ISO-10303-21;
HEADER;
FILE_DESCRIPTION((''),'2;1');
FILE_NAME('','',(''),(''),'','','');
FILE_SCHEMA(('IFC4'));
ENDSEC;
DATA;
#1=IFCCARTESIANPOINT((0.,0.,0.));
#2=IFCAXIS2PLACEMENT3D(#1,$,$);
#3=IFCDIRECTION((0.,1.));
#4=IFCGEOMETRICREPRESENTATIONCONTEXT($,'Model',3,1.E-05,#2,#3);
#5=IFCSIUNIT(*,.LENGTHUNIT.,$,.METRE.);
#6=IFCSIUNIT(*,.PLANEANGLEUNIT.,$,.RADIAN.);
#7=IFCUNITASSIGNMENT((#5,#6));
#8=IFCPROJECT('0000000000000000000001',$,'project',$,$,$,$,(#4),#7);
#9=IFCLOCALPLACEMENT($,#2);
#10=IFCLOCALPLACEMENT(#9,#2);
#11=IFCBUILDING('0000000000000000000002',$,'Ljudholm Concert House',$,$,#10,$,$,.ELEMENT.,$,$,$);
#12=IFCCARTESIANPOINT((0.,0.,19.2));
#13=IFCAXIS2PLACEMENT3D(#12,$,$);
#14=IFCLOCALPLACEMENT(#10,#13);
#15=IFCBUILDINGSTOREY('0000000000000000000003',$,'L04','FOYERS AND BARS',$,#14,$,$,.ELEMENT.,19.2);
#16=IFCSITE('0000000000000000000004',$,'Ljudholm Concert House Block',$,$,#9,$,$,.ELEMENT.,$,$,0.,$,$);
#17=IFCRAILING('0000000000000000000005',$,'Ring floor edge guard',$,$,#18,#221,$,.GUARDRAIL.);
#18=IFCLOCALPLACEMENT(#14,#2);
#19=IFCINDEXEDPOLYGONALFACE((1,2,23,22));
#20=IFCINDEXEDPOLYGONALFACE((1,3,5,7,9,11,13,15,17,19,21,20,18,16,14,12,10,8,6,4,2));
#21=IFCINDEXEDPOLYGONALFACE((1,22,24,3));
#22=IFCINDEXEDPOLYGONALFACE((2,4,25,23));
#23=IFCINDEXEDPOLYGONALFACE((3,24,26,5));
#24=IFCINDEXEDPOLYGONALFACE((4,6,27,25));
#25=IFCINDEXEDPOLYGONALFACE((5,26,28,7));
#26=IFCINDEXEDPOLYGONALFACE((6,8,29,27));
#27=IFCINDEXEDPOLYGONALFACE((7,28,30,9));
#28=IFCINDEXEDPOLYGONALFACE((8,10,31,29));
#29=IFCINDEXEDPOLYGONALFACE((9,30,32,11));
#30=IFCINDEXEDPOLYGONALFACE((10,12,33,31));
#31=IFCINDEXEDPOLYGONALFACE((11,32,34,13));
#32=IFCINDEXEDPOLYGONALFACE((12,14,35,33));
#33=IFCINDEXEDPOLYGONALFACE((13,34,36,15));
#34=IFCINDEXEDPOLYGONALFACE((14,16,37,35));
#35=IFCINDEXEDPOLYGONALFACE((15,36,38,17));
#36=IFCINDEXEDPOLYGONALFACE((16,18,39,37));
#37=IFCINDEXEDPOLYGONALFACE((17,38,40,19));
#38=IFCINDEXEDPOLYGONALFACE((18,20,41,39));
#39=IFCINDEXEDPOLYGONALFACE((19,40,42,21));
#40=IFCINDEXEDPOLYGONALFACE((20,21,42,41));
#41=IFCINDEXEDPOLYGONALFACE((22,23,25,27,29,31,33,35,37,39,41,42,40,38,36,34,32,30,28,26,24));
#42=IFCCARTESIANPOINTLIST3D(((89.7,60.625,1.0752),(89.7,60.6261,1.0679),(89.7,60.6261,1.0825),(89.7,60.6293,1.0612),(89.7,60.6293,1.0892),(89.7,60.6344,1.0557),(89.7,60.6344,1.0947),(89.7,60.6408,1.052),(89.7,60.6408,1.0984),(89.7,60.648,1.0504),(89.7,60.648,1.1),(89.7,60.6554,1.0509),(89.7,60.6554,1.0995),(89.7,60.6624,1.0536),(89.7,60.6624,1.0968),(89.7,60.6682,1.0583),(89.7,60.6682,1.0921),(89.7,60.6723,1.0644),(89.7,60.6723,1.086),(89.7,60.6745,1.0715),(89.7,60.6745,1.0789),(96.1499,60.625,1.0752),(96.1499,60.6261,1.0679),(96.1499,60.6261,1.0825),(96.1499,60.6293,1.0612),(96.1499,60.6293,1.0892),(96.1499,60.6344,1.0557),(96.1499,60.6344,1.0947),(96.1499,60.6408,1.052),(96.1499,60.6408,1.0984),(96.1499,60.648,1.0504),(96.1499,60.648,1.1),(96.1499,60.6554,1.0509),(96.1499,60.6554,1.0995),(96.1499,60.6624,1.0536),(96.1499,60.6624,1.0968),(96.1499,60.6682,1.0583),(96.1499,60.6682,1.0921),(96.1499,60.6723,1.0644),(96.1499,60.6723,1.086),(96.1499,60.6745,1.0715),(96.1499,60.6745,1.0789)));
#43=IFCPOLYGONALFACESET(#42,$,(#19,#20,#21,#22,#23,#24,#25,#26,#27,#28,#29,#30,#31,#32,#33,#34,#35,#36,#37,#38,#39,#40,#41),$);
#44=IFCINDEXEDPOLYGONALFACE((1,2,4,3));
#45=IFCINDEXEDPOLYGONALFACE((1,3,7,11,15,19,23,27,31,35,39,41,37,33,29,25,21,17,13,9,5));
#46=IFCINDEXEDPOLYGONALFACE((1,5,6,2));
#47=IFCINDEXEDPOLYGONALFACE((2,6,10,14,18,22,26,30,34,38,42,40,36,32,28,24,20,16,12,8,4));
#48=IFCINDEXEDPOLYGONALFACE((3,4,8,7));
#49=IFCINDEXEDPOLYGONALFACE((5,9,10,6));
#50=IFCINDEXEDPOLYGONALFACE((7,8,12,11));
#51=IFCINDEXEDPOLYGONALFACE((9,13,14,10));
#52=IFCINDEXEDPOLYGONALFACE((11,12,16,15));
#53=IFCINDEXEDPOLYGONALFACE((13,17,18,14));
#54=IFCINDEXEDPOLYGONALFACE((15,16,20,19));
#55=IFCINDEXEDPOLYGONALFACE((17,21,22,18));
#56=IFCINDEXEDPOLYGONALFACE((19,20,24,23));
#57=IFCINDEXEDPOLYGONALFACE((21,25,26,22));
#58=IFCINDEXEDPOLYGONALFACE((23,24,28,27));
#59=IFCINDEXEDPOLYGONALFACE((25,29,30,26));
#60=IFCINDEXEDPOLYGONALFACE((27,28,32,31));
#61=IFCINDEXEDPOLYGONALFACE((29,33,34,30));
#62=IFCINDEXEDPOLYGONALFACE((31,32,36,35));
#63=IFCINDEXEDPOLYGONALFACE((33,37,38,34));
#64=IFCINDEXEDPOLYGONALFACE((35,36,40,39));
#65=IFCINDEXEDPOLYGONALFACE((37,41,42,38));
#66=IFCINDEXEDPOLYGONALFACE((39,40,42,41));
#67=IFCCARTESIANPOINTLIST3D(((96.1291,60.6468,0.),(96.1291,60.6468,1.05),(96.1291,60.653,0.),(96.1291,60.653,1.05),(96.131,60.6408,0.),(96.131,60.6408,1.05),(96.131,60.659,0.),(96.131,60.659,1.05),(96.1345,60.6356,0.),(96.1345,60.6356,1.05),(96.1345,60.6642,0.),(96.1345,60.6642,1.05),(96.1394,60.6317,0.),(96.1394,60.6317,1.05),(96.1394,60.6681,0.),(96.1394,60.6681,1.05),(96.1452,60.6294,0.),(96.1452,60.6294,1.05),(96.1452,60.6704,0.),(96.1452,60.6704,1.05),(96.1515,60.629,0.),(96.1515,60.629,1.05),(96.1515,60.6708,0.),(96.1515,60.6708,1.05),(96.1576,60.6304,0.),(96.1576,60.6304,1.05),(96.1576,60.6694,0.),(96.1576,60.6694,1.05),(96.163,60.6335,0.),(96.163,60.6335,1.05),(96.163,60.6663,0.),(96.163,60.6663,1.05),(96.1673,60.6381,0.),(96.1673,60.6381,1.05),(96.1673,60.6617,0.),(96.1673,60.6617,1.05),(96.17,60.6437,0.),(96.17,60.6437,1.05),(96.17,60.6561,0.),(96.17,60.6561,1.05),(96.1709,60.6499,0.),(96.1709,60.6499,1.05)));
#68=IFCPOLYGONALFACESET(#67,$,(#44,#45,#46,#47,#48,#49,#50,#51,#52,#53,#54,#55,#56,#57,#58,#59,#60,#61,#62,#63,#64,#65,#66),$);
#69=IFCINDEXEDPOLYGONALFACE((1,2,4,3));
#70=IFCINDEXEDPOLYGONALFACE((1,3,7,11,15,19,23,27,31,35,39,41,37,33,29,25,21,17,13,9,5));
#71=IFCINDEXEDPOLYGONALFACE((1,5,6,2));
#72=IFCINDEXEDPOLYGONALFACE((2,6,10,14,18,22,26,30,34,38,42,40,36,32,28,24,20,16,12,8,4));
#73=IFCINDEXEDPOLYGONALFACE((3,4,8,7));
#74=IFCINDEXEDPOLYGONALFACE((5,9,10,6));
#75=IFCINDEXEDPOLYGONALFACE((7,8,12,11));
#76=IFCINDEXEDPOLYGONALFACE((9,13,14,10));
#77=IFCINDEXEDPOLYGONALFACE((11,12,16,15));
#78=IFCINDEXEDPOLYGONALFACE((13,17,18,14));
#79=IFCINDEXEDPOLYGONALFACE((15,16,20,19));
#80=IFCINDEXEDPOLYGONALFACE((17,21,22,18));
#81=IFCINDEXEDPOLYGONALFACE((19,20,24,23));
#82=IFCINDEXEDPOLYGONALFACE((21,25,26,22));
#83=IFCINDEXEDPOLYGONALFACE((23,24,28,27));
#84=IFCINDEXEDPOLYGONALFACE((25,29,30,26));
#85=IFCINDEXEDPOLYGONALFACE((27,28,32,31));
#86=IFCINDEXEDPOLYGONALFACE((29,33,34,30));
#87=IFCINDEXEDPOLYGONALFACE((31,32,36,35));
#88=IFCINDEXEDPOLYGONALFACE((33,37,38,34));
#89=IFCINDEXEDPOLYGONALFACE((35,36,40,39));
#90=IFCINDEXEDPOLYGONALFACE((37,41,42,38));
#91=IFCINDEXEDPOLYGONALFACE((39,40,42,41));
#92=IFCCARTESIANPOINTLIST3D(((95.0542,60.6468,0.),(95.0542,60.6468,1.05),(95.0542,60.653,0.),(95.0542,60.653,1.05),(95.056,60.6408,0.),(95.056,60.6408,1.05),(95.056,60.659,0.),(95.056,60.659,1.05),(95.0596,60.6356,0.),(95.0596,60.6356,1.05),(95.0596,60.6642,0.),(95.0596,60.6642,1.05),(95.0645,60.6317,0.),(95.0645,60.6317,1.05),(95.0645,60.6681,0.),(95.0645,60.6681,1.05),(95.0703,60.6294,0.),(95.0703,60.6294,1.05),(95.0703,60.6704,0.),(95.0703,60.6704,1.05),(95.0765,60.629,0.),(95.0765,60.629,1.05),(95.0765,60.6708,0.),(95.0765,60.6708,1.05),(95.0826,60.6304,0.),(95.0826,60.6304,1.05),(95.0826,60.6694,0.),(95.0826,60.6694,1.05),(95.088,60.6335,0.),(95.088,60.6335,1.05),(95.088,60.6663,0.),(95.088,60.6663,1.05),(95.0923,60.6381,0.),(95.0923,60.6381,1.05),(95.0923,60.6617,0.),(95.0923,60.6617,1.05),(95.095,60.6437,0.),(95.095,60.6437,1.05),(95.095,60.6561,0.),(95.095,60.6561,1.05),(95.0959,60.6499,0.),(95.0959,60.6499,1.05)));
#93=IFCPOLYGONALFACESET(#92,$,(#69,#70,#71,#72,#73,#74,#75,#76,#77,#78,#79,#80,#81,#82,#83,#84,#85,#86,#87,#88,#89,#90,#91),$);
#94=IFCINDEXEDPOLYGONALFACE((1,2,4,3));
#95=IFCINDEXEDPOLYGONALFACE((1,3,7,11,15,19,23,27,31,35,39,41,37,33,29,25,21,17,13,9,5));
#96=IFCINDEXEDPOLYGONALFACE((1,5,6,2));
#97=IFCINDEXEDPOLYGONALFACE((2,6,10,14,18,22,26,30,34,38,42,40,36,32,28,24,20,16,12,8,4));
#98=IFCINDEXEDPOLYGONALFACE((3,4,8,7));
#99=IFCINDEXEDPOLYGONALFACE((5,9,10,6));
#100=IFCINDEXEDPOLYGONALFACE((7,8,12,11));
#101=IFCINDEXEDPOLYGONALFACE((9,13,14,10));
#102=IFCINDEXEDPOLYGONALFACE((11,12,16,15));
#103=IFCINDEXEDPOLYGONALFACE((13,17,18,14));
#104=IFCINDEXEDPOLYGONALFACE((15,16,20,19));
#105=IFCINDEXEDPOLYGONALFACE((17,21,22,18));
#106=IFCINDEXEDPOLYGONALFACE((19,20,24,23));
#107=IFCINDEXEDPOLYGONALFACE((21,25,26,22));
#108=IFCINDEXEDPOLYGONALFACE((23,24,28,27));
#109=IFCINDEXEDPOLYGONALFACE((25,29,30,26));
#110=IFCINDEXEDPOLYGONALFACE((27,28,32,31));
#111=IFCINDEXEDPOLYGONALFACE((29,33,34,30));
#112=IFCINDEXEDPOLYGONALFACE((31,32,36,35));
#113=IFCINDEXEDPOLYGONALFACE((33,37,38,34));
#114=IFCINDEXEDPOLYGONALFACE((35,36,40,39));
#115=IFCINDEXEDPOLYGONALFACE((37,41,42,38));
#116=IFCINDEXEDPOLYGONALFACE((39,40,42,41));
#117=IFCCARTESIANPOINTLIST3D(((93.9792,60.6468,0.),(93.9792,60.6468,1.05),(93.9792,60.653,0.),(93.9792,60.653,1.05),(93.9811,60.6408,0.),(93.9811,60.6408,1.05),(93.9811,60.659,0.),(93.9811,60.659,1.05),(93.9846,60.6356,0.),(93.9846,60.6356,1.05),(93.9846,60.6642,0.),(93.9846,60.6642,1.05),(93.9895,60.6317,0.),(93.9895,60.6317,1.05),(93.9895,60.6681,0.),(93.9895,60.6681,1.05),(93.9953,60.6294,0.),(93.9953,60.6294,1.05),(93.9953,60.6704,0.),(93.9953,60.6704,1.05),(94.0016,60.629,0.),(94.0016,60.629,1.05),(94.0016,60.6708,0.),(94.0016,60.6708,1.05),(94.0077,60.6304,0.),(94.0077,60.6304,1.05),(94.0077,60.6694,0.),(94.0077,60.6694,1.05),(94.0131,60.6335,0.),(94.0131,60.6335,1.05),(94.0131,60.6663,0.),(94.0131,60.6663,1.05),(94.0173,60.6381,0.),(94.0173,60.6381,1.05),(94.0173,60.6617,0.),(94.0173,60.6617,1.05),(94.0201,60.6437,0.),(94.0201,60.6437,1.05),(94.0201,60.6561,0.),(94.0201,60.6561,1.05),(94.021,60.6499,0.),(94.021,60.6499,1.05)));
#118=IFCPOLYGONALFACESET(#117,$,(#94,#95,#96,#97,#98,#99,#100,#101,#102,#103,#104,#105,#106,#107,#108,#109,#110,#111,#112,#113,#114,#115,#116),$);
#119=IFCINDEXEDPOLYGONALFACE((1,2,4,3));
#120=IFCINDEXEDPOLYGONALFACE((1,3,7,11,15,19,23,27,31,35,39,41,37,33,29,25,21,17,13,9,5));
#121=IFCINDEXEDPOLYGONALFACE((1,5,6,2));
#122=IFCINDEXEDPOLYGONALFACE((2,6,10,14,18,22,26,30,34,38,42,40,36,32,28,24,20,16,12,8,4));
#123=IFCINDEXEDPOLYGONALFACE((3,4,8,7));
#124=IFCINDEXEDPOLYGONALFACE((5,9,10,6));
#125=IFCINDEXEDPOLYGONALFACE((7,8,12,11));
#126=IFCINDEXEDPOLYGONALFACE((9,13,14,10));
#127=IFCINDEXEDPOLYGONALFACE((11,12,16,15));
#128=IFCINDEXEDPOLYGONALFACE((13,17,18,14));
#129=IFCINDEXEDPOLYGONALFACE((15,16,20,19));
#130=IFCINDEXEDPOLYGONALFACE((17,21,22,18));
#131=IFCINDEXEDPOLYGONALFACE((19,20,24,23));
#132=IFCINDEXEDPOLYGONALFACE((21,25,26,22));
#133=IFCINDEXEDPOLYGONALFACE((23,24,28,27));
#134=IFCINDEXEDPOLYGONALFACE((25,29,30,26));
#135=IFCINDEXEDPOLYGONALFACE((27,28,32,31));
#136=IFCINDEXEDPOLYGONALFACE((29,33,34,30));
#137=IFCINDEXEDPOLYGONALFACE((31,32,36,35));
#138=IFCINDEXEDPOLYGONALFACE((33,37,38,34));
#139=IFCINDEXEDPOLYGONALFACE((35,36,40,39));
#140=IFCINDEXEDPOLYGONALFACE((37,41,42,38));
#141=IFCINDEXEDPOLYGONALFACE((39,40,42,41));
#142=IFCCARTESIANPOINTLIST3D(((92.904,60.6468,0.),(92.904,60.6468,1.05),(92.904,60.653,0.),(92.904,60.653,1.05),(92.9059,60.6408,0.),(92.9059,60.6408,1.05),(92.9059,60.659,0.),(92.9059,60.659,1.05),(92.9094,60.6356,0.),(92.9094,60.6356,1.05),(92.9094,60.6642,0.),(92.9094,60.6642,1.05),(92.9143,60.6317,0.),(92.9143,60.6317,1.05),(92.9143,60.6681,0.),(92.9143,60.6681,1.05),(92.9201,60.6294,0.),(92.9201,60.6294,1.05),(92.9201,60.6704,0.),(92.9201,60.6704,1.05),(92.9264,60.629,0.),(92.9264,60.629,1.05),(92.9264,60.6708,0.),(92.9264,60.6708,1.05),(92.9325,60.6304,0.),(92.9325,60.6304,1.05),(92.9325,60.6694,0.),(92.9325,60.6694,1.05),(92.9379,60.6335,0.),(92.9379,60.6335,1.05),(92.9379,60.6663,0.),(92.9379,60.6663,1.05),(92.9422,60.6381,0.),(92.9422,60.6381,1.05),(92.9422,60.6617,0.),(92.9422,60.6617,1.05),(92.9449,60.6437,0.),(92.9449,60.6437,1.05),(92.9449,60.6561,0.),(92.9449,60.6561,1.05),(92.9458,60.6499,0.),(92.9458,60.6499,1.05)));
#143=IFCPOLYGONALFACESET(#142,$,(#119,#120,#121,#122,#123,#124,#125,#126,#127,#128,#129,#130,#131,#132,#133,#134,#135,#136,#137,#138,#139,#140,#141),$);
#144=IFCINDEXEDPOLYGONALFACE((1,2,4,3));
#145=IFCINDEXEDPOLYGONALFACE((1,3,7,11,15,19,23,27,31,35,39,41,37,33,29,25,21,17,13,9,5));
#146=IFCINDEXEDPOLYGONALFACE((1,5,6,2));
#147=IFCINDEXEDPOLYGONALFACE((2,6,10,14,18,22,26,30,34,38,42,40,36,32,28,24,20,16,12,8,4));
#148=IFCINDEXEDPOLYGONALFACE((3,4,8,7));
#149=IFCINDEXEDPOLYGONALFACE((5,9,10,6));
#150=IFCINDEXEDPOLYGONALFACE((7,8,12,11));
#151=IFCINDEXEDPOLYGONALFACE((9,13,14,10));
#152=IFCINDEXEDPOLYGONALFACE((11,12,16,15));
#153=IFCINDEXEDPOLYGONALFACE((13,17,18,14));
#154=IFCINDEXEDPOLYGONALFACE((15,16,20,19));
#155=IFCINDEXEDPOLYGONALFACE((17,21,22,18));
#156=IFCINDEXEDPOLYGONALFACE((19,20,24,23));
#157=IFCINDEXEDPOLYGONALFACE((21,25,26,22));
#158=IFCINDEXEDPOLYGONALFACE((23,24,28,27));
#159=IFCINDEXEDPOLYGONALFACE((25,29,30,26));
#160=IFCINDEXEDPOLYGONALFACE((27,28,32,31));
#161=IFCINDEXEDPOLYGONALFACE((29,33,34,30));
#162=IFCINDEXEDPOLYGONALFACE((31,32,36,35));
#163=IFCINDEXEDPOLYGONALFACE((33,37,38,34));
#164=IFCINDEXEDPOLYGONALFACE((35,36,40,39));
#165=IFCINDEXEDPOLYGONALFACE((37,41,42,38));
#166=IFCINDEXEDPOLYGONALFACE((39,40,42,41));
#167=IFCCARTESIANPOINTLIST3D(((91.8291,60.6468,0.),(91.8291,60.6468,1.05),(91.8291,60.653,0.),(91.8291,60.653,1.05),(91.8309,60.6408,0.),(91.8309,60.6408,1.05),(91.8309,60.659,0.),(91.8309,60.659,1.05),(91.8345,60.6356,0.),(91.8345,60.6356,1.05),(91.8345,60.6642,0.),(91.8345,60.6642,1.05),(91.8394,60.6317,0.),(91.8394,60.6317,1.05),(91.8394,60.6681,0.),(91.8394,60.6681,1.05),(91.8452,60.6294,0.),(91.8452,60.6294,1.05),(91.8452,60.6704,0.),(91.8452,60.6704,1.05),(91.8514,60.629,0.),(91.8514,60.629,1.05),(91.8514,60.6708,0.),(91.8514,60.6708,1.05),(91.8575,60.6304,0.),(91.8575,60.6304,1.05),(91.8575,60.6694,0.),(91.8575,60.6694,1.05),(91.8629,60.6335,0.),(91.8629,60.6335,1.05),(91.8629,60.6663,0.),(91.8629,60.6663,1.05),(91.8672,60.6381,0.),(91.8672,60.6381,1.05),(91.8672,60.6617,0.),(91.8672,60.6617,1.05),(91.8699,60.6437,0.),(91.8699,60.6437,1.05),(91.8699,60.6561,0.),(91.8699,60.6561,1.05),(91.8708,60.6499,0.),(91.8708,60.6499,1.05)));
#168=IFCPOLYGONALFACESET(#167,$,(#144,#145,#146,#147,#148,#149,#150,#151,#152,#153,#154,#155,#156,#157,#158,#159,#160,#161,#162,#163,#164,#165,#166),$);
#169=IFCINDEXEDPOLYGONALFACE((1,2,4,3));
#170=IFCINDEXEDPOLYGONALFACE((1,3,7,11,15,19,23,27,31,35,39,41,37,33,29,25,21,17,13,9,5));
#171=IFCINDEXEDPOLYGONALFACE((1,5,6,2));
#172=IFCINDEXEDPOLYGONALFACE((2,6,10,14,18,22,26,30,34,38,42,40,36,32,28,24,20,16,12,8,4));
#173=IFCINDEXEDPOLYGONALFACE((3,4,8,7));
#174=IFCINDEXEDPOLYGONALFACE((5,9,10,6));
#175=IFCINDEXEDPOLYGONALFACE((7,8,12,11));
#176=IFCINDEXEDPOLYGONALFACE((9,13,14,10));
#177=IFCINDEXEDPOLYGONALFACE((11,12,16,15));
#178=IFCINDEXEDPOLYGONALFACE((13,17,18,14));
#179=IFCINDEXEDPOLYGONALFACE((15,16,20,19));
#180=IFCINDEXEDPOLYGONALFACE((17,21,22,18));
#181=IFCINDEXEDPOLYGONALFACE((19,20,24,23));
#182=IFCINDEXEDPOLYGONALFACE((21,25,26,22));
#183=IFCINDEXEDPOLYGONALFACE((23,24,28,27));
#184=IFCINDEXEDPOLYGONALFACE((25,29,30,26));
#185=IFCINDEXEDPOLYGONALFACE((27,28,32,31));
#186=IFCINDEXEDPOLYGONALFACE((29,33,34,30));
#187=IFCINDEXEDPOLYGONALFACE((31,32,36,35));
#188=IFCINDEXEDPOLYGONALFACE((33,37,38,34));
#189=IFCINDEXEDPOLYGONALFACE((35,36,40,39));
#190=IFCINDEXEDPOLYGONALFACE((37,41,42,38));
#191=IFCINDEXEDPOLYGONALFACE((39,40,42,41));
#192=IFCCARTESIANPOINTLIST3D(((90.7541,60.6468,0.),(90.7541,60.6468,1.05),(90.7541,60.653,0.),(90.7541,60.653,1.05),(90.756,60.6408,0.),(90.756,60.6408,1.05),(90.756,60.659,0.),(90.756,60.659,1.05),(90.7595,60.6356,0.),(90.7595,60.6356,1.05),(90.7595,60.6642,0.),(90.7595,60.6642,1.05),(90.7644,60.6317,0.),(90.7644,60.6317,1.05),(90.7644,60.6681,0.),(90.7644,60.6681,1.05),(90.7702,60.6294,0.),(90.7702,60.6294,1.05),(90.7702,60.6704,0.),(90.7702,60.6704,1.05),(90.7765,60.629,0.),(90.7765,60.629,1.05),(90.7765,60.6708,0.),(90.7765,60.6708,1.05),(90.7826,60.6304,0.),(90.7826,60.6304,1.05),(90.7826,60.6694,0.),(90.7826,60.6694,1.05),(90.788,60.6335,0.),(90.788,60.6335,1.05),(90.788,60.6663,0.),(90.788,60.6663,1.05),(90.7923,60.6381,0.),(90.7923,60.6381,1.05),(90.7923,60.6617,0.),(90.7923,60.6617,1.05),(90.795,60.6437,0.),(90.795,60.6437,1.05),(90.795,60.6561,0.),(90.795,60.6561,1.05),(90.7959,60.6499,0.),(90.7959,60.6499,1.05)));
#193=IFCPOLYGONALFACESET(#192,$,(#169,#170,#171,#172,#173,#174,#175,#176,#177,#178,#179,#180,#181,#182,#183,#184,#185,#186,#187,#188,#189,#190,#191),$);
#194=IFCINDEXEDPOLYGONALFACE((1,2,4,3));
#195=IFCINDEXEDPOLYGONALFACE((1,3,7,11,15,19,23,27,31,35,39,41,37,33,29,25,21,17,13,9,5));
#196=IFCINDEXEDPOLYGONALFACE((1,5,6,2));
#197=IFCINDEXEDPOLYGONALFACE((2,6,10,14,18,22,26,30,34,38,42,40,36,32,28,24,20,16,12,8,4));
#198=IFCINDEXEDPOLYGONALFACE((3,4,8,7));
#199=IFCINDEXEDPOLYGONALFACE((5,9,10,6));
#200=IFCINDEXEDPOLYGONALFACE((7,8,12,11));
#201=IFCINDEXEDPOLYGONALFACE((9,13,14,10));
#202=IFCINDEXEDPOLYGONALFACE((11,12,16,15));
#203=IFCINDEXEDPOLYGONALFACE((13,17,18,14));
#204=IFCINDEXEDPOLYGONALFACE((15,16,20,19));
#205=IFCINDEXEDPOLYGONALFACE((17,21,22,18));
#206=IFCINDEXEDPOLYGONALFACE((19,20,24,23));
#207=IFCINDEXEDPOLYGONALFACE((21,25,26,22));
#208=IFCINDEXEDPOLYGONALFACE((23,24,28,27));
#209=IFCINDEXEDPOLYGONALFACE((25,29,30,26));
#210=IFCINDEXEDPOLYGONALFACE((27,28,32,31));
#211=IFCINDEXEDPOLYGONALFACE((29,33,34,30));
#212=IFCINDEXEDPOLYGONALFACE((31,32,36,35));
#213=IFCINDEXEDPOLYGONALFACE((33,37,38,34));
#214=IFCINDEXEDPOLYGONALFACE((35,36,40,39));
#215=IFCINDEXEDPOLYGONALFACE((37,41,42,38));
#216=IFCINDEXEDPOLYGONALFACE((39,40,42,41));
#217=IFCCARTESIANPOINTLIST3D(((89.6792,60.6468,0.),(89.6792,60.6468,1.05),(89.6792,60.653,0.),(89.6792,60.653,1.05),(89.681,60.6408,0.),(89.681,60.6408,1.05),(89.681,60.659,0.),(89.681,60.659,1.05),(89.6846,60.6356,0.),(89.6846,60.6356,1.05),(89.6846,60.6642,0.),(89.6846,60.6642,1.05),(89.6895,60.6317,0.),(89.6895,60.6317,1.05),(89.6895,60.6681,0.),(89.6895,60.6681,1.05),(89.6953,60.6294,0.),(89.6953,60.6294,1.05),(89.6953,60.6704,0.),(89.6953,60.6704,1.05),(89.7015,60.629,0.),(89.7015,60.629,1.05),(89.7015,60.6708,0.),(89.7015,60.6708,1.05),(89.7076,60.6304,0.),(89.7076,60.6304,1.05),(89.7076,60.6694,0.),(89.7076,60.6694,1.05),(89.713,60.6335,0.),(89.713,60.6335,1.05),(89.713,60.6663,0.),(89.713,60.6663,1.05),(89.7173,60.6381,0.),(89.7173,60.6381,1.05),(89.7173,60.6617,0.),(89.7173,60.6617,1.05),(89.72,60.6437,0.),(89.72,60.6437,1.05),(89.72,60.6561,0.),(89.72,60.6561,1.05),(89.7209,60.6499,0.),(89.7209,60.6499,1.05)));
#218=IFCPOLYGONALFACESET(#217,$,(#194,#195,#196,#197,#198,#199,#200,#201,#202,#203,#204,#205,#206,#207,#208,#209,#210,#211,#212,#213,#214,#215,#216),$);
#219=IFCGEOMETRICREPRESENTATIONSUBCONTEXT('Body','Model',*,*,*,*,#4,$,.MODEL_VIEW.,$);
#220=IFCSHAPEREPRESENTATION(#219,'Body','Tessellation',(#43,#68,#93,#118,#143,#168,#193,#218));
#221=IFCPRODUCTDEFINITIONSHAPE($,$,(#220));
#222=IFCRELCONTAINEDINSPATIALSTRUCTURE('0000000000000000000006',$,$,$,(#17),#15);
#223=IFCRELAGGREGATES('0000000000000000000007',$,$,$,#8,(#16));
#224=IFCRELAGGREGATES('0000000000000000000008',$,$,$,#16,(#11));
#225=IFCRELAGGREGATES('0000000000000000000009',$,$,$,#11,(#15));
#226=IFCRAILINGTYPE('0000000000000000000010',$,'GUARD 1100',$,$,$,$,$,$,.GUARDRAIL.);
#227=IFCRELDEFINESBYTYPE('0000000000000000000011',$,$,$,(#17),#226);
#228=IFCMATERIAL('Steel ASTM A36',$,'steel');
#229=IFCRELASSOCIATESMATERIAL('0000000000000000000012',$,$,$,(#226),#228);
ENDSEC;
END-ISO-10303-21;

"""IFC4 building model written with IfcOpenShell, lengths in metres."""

from ifc_helpers import new_model, si_unit, direction, frame, origin, origin_2d, place, context, subcontext, project, spatial, circle, extrude, material, type_object, element, save


model = new_model("IFC4")

# Units and contexts
model_context = context("Model", 3, precision=1e-05, world=origin(), true_north=direction((0.0, 1.0)))
body_context = subcontext(model_context, "Body", "Model", "MODEL_VIEW")
ifc_project = project(units=[si_unit("LENGTHUNIT", "METRE"), si_unit("PLANEANGLEUNIT", "RADIAN")], contexts=[model_context])

# Site, building, storey
site_placement = place(None, origin())
site = spatial("IfcSite", under=ifc_project, at=site_placement, Name="Ljudholm Concert House Block", CompositionType="ELEMENT", RefElevation=0.0)
building_placement = place(site_placement, origin())
building = spatial("IfcBuilding", under=site, at=building_placement, Name="Ljudholm Concert House", CompositionType="ELEMENT")
storey_placement = place(building_placement, frame((0.0, 0.0, 19.2)))
storey = spatial("IfcBuildingStorey", under=building, at=storey_placement, Name="L04", Description="FOYERS AND BARS", CompositionType="ELEMENT", Elevation=19.2)

# Railing
ifc_material_1 = material(Name="Steel ASTM A36", Category="steel")
railing_type = type_object("IfcRailingType", Name="GUARD 1100", PredefinedType="GUARDRAIL", material=ifc_material_1)
railing_placement = place(storey_placement, frame((96.1499, 60.6499, 0.0)))
element("IfcRailing", 1, at=railing_placement, inside=storey, type_object=railing_type, Name="Ring floor edge guard", PredefinedType="GUARDRAIL", context=body_context, shape_type="SweptSolid", body=[
    extrude(circle(Radius=0.0249, at=origin_2d()), frame((0.0, 0.0, 1.0752), z_axis=(-1.0, 0.0, 0.0), x_axis=(0.0, -1.0, 0.0)), (0.0, 0.0, 1.0), 6.45),
    extrude(circle(Radius=0.021, at=origin_2d()), origin(), (0.0, 0.0, 1.0), 1.05),
    extrude(circle(Radius=0.021, at=origin_2d()), frame((-1.075, 0.0, 0.0)), (0.0, 0.0, 1.0), 1.05),
    extrude(circle(Radius=0.021, at=origin_2d()), frame((-2.1499, 0.0, 0.0)), (0.0, 0.0, 1.0), 1.05),
    extrude(circle(Radius=0.021, at=origin_2d()), frame((-3.2251, 0.0, 0.0)), (0.0, 0.0, 1.0), 1.05),
    extrude(circle(Radius=0.021, at=origin_2d()), frame((-4.3, 0.0, 0.0)), (0.0, 0.0, 1.0), 1.05),
    extrude(circle(Radius=0.021, at=origin_2d()), frame((-5.375, 0.0, 0.0)), (0.0, 0.0, 1.0), 1.05),
    extrude(circle(Radius=0.021, at=origin_2d()), frame((-6.45, 0.0, 0.0)), (0.0, 0.0, 1.0), 1.05),
])

save(model, "model.ifc")
